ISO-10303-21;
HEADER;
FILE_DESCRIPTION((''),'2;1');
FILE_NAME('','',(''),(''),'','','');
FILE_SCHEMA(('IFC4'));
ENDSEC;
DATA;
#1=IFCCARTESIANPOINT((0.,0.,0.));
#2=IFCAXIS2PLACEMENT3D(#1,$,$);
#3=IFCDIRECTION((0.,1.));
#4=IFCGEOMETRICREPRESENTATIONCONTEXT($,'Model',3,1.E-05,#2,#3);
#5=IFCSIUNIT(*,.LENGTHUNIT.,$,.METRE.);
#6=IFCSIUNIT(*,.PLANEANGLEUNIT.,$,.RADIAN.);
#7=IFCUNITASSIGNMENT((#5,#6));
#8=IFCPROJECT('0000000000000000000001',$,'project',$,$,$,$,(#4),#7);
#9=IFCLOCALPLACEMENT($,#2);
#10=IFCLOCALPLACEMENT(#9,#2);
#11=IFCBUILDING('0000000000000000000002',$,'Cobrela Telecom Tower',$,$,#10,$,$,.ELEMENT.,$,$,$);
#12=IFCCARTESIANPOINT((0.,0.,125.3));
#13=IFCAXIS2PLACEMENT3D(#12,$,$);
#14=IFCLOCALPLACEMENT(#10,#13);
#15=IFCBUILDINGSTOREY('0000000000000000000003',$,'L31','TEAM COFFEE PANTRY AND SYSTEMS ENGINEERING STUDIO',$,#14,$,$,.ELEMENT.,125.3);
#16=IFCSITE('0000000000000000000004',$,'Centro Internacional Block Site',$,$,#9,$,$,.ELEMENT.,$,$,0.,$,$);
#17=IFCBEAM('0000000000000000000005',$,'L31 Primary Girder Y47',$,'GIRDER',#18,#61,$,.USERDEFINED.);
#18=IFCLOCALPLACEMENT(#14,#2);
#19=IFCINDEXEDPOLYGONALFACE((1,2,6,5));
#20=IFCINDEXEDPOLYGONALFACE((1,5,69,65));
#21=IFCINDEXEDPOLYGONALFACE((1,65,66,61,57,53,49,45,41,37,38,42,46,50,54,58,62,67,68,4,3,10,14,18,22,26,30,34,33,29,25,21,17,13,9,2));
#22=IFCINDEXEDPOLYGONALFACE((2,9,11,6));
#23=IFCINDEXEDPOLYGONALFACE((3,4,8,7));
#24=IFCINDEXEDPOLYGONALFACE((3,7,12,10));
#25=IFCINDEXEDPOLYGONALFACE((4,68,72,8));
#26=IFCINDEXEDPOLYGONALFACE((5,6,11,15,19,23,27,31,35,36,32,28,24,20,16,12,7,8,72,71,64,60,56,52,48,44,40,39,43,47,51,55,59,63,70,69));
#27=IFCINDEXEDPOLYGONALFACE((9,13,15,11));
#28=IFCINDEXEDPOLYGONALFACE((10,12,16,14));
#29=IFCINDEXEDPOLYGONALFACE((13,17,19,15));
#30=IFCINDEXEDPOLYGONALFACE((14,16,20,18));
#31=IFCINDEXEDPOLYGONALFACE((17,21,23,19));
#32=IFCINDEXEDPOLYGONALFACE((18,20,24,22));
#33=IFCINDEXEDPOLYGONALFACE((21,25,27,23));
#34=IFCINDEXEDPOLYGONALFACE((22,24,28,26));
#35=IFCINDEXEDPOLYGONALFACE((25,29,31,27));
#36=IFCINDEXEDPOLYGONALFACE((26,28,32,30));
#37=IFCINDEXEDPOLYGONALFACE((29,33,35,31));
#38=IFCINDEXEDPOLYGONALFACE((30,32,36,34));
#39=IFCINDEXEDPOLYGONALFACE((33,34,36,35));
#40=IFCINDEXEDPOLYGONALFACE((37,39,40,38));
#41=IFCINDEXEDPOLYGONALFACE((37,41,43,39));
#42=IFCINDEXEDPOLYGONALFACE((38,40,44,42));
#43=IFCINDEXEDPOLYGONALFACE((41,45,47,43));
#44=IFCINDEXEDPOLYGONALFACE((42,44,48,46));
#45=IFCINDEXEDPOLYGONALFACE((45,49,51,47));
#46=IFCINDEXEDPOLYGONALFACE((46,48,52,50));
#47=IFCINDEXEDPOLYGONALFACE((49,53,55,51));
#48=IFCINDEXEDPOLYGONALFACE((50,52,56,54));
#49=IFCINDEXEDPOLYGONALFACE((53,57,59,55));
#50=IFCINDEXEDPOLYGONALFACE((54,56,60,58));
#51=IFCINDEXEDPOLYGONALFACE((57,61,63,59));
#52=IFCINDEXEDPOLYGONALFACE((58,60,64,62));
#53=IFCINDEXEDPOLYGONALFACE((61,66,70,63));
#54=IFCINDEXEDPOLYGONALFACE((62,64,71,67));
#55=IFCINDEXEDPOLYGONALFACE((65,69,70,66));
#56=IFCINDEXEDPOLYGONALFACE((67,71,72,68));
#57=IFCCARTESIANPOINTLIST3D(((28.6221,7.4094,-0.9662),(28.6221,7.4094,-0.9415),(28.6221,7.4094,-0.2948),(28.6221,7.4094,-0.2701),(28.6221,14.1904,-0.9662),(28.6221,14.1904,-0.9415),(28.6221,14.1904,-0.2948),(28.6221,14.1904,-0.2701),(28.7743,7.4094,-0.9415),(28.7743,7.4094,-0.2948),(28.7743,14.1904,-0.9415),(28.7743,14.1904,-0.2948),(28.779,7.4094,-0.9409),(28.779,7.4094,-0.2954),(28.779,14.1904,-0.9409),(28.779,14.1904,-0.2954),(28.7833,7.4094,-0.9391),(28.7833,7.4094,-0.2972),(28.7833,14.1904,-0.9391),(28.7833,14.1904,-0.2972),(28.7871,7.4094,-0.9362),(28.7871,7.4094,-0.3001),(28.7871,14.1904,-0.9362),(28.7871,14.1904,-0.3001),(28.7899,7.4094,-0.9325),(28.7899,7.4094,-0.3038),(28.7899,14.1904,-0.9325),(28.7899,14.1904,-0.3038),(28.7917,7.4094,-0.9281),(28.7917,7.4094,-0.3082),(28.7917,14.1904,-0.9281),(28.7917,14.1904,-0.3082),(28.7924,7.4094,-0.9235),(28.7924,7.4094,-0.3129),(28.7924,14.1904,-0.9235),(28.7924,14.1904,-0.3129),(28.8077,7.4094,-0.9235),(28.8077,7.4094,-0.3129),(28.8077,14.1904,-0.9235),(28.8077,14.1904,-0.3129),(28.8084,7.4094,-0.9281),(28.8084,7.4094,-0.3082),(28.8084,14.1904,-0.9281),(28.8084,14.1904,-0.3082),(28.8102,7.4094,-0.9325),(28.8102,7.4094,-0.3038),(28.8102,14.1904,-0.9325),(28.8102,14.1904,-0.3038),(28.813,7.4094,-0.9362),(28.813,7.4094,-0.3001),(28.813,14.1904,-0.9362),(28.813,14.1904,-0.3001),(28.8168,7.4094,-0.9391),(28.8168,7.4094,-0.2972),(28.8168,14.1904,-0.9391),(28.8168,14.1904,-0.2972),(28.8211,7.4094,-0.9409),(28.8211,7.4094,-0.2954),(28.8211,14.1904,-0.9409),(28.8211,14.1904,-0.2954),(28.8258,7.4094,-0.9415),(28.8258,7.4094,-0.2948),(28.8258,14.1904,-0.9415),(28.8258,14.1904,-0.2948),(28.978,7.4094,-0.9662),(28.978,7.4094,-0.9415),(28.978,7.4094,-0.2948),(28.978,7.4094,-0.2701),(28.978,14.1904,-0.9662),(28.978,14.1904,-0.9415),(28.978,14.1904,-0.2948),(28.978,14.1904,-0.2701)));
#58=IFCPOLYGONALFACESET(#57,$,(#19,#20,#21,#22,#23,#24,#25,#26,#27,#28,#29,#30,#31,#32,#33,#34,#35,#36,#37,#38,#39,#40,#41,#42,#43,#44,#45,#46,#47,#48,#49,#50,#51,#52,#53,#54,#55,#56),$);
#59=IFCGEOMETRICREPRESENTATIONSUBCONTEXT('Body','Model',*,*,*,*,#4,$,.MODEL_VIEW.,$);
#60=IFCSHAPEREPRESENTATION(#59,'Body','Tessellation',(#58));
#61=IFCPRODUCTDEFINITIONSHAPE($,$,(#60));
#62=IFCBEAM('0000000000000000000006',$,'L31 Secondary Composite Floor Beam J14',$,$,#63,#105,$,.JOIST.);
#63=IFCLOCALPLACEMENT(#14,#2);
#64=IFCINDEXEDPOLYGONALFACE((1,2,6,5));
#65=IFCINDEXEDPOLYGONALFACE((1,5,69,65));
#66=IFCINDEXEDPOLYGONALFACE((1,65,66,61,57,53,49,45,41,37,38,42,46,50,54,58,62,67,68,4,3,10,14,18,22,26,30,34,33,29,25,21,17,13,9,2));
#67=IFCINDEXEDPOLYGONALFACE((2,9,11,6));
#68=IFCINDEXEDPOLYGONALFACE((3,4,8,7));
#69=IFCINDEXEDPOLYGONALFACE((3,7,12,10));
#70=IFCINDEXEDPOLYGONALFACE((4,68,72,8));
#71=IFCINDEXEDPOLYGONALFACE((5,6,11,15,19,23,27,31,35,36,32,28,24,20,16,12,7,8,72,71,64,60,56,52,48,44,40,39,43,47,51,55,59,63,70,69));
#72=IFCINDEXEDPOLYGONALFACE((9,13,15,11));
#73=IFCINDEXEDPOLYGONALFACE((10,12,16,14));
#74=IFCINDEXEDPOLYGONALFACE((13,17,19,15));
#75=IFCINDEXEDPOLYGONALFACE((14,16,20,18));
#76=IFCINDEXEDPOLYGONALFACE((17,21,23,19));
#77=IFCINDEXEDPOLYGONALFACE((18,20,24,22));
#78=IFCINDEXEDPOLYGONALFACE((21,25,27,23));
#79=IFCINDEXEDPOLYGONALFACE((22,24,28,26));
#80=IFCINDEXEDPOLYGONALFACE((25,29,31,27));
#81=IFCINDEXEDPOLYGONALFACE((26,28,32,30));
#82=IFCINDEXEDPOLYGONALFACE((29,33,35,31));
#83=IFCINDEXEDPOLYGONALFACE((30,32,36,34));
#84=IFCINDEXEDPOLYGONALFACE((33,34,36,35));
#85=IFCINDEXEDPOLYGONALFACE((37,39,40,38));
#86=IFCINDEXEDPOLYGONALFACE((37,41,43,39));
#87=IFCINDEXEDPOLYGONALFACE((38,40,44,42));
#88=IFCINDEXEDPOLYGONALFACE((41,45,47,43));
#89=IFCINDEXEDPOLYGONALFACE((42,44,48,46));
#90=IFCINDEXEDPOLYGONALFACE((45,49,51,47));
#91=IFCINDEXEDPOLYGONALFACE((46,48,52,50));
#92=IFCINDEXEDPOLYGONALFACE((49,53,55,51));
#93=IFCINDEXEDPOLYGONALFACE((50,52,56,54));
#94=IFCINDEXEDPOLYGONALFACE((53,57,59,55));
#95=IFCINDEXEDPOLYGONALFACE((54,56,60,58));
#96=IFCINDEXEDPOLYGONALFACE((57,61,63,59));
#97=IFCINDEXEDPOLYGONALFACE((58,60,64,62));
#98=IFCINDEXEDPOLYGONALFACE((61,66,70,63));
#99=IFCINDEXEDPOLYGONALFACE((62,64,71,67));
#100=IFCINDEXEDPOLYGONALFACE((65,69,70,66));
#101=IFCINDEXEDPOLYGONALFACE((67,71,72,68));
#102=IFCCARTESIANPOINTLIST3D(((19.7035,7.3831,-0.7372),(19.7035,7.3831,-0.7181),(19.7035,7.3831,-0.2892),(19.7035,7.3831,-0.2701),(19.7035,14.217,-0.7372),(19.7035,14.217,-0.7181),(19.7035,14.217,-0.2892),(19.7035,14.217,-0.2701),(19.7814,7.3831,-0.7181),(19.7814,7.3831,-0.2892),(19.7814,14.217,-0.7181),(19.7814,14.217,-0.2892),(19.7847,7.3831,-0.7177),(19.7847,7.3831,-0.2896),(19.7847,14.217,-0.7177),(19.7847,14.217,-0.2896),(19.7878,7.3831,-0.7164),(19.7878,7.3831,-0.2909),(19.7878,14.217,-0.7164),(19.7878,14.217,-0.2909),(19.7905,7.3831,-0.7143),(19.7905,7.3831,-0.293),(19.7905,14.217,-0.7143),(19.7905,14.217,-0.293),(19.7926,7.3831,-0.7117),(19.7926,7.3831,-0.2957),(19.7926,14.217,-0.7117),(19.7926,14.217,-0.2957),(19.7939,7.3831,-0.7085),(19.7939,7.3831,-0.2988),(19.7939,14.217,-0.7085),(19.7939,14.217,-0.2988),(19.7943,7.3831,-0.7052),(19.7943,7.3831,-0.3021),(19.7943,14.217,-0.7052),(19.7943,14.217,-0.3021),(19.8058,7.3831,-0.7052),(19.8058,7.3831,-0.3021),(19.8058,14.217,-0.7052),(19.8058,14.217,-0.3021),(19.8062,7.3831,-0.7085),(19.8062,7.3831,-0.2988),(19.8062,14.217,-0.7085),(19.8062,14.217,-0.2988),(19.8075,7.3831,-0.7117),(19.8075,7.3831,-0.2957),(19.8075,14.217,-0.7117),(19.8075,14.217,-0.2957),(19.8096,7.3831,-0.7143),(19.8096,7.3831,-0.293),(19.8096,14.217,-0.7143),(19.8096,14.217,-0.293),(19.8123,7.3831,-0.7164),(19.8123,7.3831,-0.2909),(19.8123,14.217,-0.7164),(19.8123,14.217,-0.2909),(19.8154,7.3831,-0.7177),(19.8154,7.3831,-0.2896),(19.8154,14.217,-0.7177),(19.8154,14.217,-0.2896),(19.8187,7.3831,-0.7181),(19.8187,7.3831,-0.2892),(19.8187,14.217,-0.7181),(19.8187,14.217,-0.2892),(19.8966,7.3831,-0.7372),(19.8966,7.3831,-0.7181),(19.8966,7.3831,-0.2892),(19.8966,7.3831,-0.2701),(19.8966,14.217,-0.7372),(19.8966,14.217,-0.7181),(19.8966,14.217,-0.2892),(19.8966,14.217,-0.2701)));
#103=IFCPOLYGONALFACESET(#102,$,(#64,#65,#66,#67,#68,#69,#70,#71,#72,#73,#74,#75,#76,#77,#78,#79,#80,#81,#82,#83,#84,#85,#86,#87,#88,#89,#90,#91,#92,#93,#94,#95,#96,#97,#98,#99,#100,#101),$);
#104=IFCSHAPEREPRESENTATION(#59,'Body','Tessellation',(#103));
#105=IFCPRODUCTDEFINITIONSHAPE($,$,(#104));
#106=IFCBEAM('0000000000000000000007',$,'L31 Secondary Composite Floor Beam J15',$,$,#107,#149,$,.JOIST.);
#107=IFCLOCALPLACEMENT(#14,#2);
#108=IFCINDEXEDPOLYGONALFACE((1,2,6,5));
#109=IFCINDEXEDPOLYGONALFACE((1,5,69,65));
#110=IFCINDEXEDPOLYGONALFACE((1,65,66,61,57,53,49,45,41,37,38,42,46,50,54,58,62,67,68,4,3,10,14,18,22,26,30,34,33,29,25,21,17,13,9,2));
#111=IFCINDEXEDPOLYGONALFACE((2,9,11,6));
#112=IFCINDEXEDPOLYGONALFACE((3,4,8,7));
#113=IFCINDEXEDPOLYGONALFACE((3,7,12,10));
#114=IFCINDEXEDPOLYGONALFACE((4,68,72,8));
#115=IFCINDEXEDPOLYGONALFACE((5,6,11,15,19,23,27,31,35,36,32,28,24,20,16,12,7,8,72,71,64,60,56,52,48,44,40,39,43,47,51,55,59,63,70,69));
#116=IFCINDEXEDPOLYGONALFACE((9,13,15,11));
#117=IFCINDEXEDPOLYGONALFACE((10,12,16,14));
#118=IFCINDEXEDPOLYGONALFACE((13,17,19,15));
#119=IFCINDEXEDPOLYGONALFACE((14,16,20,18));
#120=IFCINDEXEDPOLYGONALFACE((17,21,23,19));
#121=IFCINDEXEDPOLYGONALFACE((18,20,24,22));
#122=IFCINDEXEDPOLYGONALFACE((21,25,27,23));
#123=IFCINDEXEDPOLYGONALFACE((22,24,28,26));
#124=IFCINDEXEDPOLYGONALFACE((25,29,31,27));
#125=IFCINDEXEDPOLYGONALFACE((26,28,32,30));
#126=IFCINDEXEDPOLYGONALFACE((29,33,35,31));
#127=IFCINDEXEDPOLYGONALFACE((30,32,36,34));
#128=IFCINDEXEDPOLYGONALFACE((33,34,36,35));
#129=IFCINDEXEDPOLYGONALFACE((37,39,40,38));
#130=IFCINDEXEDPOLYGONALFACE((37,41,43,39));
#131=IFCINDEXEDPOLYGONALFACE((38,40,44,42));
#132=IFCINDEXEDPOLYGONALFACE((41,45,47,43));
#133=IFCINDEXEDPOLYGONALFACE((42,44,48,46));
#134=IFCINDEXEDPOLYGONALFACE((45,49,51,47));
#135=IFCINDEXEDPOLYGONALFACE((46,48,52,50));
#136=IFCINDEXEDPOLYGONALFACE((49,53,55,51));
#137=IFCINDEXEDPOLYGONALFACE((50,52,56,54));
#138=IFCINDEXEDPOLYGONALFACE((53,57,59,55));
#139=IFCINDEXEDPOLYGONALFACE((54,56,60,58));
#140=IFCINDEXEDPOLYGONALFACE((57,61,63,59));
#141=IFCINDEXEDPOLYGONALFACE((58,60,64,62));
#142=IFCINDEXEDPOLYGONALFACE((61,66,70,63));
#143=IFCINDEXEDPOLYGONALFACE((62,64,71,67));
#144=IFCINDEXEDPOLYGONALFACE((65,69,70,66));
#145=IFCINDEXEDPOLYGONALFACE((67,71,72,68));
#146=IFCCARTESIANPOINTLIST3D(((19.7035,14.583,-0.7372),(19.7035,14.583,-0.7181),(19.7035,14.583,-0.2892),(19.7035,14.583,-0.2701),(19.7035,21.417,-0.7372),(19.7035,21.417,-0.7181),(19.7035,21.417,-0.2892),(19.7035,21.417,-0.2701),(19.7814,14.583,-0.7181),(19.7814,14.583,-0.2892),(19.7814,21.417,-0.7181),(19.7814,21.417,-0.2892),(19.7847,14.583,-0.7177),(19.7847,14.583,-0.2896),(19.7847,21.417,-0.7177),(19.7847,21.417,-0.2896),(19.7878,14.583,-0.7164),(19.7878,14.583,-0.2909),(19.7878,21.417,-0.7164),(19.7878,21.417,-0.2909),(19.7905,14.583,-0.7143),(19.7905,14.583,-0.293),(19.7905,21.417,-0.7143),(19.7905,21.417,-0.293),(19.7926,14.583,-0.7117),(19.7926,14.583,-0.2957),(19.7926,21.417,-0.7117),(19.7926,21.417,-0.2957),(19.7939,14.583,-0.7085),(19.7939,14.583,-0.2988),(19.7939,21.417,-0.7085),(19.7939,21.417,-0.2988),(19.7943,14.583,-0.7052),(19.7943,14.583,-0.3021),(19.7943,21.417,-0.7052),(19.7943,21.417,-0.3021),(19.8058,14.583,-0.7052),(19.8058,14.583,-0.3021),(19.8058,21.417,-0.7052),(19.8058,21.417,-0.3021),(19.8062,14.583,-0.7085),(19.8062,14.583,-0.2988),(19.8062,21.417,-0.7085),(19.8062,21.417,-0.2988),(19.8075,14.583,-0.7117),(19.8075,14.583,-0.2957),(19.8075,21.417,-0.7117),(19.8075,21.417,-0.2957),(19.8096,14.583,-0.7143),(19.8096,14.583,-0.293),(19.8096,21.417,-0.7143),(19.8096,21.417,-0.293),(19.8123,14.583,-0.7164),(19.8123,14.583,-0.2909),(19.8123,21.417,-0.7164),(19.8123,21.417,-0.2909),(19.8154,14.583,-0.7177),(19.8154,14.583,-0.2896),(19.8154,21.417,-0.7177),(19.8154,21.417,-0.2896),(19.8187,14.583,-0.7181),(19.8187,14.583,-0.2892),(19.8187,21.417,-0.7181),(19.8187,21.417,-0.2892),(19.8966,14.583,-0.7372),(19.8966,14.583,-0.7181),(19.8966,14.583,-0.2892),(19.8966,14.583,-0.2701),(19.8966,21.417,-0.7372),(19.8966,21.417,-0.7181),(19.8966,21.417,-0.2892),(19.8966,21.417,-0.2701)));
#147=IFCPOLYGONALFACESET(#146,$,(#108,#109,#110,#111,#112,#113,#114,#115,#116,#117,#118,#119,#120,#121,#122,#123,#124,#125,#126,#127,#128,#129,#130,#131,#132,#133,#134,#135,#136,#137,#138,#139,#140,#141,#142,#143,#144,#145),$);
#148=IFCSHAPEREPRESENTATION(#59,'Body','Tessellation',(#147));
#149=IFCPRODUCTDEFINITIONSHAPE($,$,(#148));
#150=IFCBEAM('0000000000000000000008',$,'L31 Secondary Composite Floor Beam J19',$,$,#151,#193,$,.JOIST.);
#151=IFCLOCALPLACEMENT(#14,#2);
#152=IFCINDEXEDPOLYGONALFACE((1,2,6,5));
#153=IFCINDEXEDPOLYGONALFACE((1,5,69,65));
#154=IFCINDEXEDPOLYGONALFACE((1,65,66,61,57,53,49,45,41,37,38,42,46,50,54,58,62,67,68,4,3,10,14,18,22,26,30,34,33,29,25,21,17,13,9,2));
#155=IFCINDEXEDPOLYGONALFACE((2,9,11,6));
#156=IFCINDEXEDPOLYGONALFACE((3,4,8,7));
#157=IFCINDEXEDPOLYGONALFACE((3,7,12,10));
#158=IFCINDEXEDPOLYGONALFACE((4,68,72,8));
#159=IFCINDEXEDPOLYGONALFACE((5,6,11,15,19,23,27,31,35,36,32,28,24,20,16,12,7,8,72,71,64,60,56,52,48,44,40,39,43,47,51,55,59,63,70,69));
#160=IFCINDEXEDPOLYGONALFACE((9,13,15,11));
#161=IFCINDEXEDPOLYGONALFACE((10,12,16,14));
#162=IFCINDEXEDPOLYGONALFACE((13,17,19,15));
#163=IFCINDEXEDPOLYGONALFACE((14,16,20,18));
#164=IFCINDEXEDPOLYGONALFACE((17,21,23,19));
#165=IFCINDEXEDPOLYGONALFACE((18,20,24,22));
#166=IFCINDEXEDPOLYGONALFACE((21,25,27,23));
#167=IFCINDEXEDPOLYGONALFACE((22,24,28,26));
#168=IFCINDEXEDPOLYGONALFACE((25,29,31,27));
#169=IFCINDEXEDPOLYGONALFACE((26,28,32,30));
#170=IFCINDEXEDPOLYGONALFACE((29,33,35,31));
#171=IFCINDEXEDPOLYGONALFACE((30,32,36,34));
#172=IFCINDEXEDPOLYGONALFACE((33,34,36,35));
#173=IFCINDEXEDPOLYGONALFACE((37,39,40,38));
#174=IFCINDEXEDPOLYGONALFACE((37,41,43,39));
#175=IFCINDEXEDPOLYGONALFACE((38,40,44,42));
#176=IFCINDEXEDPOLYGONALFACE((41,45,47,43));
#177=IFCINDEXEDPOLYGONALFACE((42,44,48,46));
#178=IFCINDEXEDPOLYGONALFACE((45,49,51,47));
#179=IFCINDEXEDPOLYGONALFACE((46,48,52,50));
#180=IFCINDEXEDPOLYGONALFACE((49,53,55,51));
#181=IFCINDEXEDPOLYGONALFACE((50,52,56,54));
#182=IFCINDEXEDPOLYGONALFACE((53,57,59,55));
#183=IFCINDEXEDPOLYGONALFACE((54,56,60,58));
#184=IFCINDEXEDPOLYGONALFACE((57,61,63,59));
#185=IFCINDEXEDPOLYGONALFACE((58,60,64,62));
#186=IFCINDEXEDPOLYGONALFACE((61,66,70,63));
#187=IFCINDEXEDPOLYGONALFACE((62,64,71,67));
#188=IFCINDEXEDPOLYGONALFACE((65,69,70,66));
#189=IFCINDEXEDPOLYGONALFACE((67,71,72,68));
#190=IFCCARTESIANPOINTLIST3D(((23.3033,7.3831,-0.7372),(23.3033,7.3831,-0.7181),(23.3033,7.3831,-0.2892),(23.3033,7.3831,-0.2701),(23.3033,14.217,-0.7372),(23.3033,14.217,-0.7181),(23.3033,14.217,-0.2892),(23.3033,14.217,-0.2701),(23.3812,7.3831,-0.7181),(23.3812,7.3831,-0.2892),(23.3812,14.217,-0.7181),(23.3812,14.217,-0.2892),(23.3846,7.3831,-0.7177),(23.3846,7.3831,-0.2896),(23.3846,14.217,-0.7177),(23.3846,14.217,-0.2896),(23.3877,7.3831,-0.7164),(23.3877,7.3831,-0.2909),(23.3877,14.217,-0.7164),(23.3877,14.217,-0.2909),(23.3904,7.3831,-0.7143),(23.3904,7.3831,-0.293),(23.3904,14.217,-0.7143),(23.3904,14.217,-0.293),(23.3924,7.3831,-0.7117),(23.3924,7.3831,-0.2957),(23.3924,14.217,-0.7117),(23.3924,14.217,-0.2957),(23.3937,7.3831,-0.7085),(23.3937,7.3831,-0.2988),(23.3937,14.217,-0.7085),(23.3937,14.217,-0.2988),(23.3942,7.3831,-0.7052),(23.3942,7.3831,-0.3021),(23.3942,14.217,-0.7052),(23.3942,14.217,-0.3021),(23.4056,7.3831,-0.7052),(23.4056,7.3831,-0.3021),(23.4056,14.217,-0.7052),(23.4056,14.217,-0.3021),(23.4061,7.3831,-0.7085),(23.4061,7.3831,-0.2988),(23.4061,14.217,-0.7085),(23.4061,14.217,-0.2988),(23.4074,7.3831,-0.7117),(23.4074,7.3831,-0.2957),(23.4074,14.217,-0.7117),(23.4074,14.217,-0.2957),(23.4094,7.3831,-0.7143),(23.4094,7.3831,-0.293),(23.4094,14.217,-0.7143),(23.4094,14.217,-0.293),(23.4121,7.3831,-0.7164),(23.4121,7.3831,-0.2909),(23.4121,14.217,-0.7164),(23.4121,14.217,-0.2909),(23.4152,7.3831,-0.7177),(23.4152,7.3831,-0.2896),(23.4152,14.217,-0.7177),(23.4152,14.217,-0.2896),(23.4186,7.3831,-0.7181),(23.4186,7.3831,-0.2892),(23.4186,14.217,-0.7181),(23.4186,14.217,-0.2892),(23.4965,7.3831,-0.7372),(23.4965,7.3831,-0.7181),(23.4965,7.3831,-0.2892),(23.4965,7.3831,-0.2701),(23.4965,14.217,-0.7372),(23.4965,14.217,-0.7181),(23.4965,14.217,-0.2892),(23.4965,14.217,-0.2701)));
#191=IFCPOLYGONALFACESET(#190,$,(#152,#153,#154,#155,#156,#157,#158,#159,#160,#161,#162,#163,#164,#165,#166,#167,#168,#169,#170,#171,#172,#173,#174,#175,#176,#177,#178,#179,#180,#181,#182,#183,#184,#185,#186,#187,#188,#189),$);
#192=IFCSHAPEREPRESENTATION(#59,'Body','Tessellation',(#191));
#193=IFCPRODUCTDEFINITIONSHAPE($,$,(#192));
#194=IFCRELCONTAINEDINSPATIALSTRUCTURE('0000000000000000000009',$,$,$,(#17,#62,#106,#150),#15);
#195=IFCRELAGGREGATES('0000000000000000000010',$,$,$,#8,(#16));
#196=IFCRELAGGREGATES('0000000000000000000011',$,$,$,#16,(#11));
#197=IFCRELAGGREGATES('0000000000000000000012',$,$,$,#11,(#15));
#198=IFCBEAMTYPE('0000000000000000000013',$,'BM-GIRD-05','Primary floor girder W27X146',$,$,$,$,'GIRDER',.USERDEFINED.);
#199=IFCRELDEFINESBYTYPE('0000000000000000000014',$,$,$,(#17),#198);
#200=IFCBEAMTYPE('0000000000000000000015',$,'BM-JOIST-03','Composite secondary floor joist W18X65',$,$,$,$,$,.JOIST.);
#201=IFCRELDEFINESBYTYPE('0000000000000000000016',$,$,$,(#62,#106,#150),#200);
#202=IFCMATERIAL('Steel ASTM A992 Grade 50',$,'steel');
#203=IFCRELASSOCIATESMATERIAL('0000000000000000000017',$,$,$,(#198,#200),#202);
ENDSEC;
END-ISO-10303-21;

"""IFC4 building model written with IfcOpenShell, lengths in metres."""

from ifc_helpers import new_model, si_unit, direction, frame, origin, origin_2d, place, context, subcontext, project, spatial, i_section, extrude, material, material_profile, profile_set, type_object, element, save


model = new_model("IFC4")

# Units and contexts
model_context = context("Model", 3, precision=1e-05, world=origin(), true_north=direction((0.0, 1.0)))
body_context = subcontext(model_context, "Body", "Model", "MODEL_VIEW")
ifc_project = project(units=[si_unit("LENGTHUNIT", "METRE"), si_unit("PLANEANGLEUNIT", "RADIAN")], contexts=[model_context])

# Site, building, storey
site_placement = place(None, origin())
site = spatial("IfcSite", under=ifc_project, at=site_placement, Name="Centro Internacional Block Site", CompositionType="ELEMENT", RefElevation=0.0)
building_placement = place(site_placement, origin())
building = spatial("IfcBuilding", under=site, at=building_placement, Name="Cobrela Telecom Tower", CompositionType="ELEMENT")
storey_placement = place(building_placement, frame((0.0, 0.0, 125.3)))
storey = spatial("IfcBuildingStorey", under=building, at=storey_placement, Name="L31", Description="TEAM COFFEE PANTRY AND SYSTEMS ENGINEERING STUDIO", CompositionType="ELEMENT", Elevation=125.3)

# Shared definitions
ifc_material_1 = material(Name="Steel ASTM A992 Grade 50", Category="steel")

# Beams
ifc_material_profile_1 = material_profile(ifc_material_1, i_section(OverallWidth=0.356, OverallDepth=0.696, WebThickness=0.0154, FlangeThickness=0.0247, FilletRadius=0.0181, at=origin_2d()), Name="W27X146")
ifc_profile_set_1 = profile_set([ifc_material_profile_1], Name="Steel ASTM A992 Grade 50")
beam_type_1 = type_object("IfcBeamType", Name="BM-GIRD-05", Description="Primary floor girder W27X146", ElementType="GIRDER", PredefinedType="USERDEFINED", material=ifc_profile_set_1)
beam_1_placement = place(storey_placement, frame((28.8, 7.4094, -0.6182), z_axis=(0.0, 1.0, 0.0), x_axis=(-1.0, 0.0, 0.0)))
element("IfcBeam", 1, at=beam_1_placement, inside=storey, type_object=beam_type_1, Name="L31 Primary Girder Y47", ObjectType="GIRDER", PredefinedType="USERDEFINED", context=body_context, shape_type="SweptSolid", body=[
    extrude(i_section(OverallWidth=0.356, OverallDepth=0.696, WebThickness=0.0154, FlangeThickness=0.0247, FilletRadius=0.0181, at=origin_2d()), origin(), (0.0, 0.0, 1.0), 6.781),
])
ifc_material_profile_2 = material_profile(ifc_material_1, i_section(OverallWidth=0.1931, OverallDepth=0.467, WebThickness=0.0115, FlangeThickness=0.019, FilletRadius=0.0129, at=origin_2d()), Name="W18X65")
ifc_profile_set_2 = profile_set([ifc_material_profile_2], Name="Steel ASTM A992 Grade 50")
beam_type_2 = type_object("IfcBeamType", Name="BM-JOIST-03", Description="Composite secondary floor joist W18X65", PredefinedType="JOIST", material=ifc_profile_set_2)
for number, where, z_axis, x_axis, name in (
    (2, (19.8, 7.3831, -0.5037), (0.0, 1.0, 0.0), (-1.0, 0.0, 0.0), "L31 Secondary Composite Floor Beam J14"),
    (3, (19.8, 14.583, -0.5037), (0.0, 1.0, 0.0), (-1.0, 0.0, 0.0), "L31 Secondary Composite Floor Beam J15"),
    (4, (23.3999, 7.3831, -0.5037), (0.0, 1.0, 0.0), (-1.0, 0.0, 0.0), "L31 Secondary Composite Floor Beam J19"),
):
    element("IfcBeam", number, at=place(storey_placement, frame(where, z_axis=z_axis, x_axis=x_axis)), inside=storey, type_object=beam_type_2, Name=name, PredefinedType="JOIST", context=body_context, shape_type="SweptSolid", body=[
        extrude(i_section(OverallWidth=0.1931, OverallDepth=0.467, WebThickness=0.0115, FlangeThickness=0.019, FilletRadius=0.0129, at=origin_2d()), origin(), (0.0, 0.0, 1.0), 6.834),
    ])

save(model, "model.ifc")
